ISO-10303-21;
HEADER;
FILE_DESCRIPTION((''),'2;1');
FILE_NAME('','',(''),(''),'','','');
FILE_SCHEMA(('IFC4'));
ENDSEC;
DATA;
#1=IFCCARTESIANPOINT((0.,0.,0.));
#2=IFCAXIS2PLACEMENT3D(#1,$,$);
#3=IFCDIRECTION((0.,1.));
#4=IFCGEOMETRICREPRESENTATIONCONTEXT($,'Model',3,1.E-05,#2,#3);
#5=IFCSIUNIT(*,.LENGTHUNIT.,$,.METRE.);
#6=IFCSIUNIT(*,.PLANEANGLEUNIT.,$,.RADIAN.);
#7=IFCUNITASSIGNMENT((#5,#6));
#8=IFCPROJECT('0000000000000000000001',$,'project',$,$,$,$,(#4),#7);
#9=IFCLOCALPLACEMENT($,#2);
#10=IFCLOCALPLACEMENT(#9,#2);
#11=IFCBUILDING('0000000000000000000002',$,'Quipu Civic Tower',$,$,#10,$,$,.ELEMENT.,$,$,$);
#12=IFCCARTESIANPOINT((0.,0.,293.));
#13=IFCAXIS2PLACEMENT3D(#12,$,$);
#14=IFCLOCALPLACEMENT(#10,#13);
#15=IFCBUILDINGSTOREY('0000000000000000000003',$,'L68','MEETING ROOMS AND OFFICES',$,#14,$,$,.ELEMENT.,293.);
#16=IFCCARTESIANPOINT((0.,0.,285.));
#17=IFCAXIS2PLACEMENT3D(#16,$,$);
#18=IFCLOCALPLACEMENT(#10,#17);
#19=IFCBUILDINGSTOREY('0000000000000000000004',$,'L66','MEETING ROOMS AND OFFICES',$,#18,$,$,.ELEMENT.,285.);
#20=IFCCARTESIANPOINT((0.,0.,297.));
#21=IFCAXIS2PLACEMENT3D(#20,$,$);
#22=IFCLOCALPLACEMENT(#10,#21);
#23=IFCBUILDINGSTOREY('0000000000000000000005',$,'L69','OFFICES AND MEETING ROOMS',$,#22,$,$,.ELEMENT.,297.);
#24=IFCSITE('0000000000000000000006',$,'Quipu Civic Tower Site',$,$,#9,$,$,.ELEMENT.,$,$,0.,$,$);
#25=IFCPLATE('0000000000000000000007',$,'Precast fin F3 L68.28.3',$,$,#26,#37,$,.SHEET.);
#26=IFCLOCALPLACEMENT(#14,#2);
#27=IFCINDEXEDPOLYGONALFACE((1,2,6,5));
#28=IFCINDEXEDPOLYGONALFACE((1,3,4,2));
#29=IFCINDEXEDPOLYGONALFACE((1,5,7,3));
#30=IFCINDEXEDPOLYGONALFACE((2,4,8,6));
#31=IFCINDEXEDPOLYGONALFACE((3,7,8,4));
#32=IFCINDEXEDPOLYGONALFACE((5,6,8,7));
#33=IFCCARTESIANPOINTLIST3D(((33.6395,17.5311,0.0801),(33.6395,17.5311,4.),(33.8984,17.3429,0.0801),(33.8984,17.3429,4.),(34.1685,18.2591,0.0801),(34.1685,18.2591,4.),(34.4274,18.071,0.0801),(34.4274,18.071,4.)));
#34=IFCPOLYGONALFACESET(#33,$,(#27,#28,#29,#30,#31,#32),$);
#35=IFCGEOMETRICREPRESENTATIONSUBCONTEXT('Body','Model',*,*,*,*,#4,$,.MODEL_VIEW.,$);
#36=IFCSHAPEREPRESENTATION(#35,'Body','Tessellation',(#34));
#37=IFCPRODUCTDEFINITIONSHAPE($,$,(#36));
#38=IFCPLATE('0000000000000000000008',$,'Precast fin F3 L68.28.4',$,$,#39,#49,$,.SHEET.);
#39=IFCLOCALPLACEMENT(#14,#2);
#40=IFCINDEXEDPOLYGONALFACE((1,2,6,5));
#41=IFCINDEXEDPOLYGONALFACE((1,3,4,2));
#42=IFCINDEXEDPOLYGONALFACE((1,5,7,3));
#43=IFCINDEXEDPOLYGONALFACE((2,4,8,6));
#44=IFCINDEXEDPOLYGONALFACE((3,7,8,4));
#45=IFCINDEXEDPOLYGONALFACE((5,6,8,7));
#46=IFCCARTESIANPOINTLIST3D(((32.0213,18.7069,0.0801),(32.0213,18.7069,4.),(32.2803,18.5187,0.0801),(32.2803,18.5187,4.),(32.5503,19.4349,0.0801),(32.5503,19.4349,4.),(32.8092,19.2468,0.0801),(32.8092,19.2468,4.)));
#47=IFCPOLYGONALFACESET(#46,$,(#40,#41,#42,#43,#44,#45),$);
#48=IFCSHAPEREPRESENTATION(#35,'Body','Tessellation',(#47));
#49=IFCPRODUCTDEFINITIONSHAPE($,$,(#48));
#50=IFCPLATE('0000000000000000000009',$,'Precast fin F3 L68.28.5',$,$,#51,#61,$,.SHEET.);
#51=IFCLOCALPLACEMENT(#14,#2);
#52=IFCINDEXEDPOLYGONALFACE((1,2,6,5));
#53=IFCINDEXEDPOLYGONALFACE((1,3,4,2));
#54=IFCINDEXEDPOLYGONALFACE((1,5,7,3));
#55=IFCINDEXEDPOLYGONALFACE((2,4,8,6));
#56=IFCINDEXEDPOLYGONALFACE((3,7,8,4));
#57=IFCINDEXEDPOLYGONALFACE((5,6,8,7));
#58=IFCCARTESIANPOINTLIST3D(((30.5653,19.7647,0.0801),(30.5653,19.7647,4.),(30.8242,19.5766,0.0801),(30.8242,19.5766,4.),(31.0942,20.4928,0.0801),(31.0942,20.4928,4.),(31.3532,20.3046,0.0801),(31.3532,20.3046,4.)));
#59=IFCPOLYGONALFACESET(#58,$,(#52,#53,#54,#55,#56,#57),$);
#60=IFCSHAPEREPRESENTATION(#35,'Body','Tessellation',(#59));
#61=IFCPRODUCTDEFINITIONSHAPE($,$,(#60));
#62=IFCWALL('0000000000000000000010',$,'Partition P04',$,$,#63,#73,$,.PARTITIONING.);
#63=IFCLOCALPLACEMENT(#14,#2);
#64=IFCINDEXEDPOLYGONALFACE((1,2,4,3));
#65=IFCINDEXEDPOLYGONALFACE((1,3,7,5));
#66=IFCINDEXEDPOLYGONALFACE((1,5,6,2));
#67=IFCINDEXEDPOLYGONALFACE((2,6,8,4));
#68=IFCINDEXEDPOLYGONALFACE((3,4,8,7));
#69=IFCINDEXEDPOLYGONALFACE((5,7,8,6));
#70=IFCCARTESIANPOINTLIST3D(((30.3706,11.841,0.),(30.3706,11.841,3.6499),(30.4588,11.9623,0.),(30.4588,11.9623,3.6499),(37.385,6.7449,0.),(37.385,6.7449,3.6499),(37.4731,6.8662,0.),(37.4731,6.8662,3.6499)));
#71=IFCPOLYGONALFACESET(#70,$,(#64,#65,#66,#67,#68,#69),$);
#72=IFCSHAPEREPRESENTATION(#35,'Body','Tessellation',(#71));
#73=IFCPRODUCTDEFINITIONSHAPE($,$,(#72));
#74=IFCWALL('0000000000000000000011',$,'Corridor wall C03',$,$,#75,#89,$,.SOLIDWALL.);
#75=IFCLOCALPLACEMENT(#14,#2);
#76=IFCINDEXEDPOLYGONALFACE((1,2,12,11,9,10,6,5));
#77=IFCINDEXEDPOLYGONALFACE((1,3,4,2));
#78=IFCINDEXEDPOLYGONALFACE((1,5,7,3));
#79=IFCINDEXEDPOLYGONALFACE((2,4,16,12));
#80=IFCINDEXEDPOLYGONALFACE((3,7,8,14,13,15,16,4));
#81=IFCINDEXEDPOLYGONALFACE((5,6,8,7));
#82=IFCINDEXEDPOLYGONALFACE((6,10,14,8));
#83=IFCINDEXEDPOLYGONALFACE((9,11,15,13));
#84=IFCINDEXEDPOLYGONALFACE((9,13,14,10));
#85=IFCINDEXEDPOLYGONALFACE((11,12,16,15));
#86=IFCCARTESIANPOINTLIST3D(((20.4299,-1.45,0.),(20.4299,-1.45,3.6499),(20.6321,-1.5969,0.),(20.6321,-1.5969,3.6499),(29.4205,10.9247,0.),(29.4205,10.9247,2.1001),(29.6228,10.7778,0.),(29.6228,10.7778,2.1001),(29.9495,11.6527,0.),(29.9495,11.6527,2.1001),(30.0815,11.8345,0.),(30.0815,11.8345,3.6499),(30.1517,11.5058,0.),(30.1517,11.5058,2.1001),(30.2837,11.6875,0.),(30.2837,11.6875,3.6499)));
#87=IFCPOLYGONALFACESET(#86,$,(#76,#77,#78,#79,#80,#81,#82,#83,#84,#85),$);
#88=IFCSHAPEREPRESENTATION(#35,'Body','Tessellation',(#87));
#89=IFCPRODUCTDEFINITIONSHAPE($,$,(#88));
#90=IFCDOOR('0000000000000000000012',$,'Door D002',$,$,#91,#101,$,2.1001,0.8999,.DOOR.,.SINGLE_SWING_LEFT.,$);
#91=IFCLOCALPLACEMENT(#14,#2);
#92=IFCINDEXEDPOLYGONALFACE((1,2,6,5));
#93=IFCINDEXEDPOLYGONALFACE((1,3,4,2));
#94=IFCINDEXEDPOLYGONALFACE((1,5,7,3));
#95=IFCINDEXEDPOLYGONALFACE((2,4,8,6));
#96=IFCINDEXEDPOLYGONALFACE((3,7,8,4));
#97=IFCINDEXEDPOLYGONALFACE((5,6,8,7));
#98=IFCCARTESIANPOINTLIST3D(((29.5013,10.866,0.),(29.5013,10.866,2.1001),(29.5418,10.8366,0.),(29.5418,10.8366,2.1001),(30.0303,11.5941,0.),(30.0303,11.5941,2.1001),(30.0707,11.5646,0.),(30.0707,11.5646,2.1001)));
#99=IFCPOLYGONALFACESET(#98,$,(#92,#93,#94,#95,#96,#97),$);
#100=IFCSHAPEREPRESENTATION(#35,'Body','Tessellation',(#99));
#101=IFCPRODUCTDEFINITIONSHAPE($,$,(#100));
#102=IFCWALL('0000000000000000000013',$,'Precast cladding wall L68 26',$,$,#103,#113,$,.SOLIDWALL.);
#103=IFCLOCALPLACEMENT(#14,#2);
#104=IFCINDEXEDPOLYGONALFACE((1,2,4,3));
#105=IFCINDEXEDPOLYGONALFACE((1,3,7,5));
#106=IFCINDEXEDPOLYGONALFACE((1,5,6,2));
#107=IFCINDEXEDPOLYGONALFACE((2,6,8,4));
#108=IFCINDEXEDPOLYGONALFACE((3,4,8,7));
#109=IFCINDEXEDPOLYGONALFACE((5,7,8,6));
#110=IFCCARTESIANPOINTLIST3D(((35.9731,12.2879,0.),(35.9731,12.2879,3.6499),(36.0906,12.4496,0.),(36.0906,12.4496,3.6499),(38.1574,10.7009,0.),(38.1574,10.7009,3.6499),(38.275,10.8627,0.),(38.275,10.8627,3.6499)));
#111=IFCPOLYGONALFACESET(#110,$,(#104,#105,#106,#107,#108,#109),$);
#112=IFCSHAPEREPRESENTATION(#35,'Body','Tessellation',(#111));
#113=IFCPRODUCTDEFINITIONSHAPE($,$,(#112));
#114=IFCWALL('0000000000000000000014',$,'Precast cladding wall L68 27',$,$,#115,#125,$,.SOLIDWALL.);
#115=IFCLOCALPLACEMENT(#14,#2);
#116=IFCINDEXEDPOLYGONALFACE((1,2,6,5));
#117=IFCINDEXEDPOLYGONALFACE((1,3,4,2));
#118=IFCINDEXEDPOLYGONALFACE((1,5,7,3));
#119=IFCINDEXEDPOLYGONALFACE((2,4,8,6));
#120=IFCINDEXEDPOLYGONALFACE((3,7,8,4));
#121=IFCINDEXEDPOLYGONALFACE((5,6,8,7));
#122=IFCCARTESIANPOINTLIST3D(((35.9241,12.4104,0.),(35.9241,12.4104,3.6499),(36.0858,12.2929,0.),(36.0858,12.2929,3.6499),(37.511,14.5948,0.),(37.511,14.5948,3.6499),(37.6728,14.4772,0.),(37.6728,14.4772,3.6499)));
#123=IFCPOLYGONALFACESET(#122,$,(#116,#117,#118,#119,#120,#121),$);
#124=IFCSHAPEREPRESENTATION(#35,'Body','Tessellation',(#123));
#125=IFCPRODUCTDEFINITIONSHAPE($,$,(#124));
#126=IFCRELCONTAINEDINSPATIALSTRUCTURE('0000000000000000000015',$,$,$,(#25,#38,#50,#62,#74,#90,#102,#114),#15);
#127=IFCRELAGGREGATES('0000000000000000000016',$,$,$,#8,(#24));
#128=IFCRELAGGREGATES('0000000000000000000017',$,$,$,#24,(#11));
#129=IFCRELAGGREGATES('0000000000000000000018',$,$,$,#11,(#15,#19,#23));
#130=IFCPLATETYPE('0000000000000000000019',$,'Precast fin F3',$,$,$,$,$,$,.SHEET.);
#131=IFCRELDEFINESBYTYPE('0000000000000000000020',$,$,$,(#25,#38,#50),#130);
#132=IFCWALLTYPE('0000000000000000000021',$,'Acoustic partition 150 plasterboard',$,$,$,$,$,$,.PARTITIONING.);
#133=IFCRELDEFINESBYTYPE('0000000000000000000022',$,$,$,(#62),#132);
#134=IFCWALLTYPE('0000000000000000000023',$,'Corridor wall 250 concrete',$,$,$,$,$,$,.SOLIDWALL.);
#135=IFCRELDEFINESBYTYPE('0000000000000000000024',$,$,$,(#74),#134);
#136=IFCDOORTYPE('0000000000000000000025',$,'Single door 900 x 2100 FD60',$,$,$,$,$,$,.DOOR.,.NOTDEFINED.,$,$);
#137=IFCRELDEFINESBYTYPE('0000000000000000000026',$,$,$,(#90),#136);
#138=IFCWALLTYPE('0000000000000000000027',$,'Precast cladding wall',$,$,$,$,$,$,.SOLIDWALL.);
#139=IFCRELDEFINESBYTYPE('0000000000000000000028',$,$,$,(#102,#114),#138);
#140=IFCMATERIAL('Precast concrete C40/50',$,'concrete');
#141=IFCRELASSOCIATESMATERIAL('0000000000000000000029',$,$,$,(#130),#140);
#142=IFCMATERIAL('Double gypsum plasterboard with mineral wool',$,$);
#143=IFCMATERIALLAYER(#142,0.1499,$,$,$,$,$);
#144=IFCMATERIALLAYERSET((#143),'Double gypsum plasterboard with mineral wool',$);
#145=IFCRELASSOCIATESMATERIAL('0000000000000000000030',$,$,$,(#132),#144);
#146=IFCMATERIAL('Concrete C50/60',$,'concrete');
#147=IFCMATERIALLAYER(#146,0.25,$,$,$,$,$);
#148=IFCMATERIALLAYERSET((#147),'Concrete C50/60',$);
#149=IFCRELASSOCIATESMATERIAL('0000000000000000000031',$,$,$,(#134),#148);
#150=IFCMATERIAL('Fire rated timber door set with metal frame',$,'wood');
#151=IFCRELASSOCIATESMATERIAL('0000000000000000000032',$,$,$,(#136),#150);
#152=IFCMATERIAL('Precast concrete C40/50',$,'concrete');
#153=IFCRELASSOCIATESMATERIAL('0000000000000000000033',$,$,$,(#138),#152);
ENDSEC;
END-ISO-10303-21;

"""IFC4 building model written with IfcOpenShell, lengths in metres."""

from ifc_helpers import new_model, si_unit, direction, frame, frame_2d, origin, origin_2d, place, context, subcontext, project, spatial, rectangle, extrude, material, layer, layer_set, type_object, element, fill, save


model = new_model("IFC4")

# Units and contexts
model_context = context("Model", 3, precision=1e-05, world=origin(), true_north=direction((0.0, 1.0)))
body_context = subcontext(model_context, "Body", "Model", "MODEL_VIEW")
ifc_project = project(units=[si_unit("LENGTHUNIT", "METRE"), si_unit("PLANEANGLEUNIT", "RADIAN")], contexts=[model_context])

# Site, building, storey
site_placement = place(None, origin())
site = spatial("IfcSite", under=ifc_project, at=site_placement, Name="Quipu Civic Tower Site", CompositionType="ELEMENT", RefElevation=0.0)
building_placement = place(site_placement, origin())
building = spatial("IfcBuilding", under=site, at=building_placement, Name="Quipu Civic Tower", CompositionType="ELEMENT")
storey_1_placement = place(building_placement, frame((0.0, 0.0, 293.0)))
storey_1 = spatial("IfcBuildingStorey", under=building, at=storey_1_placement, Name="L68", Description="MEETING ROOMS AND OFFICES", CompositionType="ELEMENT", Elevation=293.0)

# Shared definitions
storey_2_placement = place(building_placement, frame((0.0, 0.0, 285.0)))
storey_2 = spatial("IfcBuildingStorey", under=building, at=storey_2_placement, Name="L66", Description="MEETING ROOMS AND OFFICES", CompositionType="ELEMENT", Elevation=285.0)

# Shared definitions
storey_3_placement = place(building_placement, frame((0.0, 0.0, 297.0)))
storey_3 = spatial("IfcBuildingStorey", under=building, at=storey_3_placement, Name="L69", Description="OFFICES AND MEETING ROOMS", CompositionType="ELEMENT", Elevation=297.0)

# Plates
ifc_material_1 = material(Name="Precast concrete C40/50", Category="concrete")
plate_type_1 = type_object("IfcPlateType", Name="Precast fin F3", PredefinedType="SHEET", material=ifc_material_1)
for number, where, z_axis, x_axis, name in (
    (1, (34.0334, 17.801, 0.0801), (0.0, 0.0, 1.0), (-0.809017, 0.587785, 0.0), "Precast fin F3 L68.28.3"),
    (2, (32.4153, 18.9768, 0.0801), (0.0, 0.0, 1.0), (-0.809017, 0.587785, 0.0), "Precast fin F3 L68.28.4"),
    (3, (30.9592, 20.0347, 0.0801), (0.0, 0.0, 1.0), (-0.809017, 0.587785, 0.0), "Precast fin F3 L68.28.5"),
):
    element("IfcPlate", number, at=place(storey_1_placement, frame(where, z_axis=z_axis, x_axis=x_axis)), inside=storey_1, type_object=plate_type_1, Name=name, PredefinedType="SHEET", context=body_context, shape_type="SweptSolid", body=[
        extrude(rectangle(XDim=0.3201, YDim=0.8999, at=origin_2d()), origin(), (0.0, 0.0, 1.0), 3.9199),
    ])

# Wall
ifc_material_2 = material(Name="Double gypsum plasterboard with mineral wool")
ifc_layer_1 = layer(ifc_material_2, 0.1499)
ifc_layer_set_1 = layer_set([ifc_layer_1], Name="Double gypsum plasterboard with mineral wool")
wall_type_1 = type_object("IfcWallType", Name="Acoustic partition 150 plasterboard", PredefinedType="PARTITIONING", material=ifc_layer_set_1)
wall_1_placement = place(storey_1_placement, frame((30.4148, 11.9016, 0.0), z_axis=(0.0, 0.0, 1.0), x_axis=(0.809021, -0.58778, 0.0)))
element("IfcWall", 4, at=wall_1_placement, inside=storey_1, type_object=wall_type_1, Name="Partition P04", PredefinedType="PARTITIONING", context=body_context, shape_type="SweptSolid", body=[
    extrude(rectangle(XDim=8.6702, YDim=0.1499, at=frame_2d((4.335, 0.0))), origin(), (0.0, 0.0, 1.0), 3.6499),
])

# Wall, opening, door
ifc_material_3 = material(Name="Concrete C50/60", Category="concrete")
ifc_layer_2 = layer(ifc_material_3, 0.25)
ifc_layer_set_2 = layer_set([ifc_layer_2], Name="Concrete C50/60")
wall_type_2 = type_object("IfcWallType", Name="Corridor wall 250 concrete", PredefinedType="SOLIDWALL", material=ifc_layer_set_2)
wall_2_placement = place(storey_1_placement, frame((30.1826, 11.761, 0.0), z_axis=(0.0, 0.0, 1.0), x_axis=(-0.587782, -0.80902, 0.0)))
wall_2 = element("IfcWall", 5, at=wall_2_placement, inside=storey_1, type_object=wall_type_2, Name="Corridor wall C03", PredefinedType="SOLIDWALL", context=body_context, shape_type="SweptSolid", body=[
    extrude(rectangle(XDim=16.4204, YDim=0.25, at=frame_2d((8.2102, 0.0))), origin(), (0.0, 0.0, 1.0), 3.6499),
])
opening_placement = place(wall_2_placement, frame((0.2246, 0.0, 0.0)))
opening = element("IfcOpeningElement", 6, at=opening_placement, cuts=wall_2, PredefinedType="OPENING", context=body_context, shape_type="SweptSolid", body=[
    extrude(rectangle(XDim=0.8999, YDim=2.1001, at=frame_2d((0.45, 1.05))), frame((0.0, 0.135, 0.0), z_axis=(0.0, -1.0, 0.0), x_axis=(1.0, 0.0, 0.0)), (0.0, 0.0, 1.0), 0.27),
])
ifc_material_4 = material(Name="Fire rated timber door set with metal frame", Category="wood")
door_type = type_object("IfcDoorType", Name="Single door 900 x 2100 FD60", OperationType="NOTDEFINED", PredefinedType="DOOR", material=ifc_material_4)
door_placement = place(opening_placement, origin())
door = element("IfcDoor", 7, at=door_placement, inside=storey_1, type_object=door_type, Name="Door D002", OperationType="SINGLE_SWING_LEFT", OverallHeight=2.1001, OverallWidth=0.8999, PredefinedType="DOOR", context=body_context, shape_type="SweptSolid", body=[
    extrude(rectangle(XDim=0.8999, YDim=2.1001, at=frame_2d((0.45, 1.05))), frame((0.0, 0.0249, 0.0), z_axis=(0.0, -1.0, 0.0), x_axis=(1.0, 0.0, 0.0)), (0.0, 0.0, 1.0), 0.05),
])
fill(opening, door)

# Walls
ifc_material_5 = material(Name="Precast concrete C40/50", Category="concrete")
wall_type_3 = type_object("IfcWallType", Name="Precast cladding wall", PredefinedType="SOLIDWALL", material=ifc_material_5)
for number, where, z_axis, x_axis, name in (
    (8, (38.2163, 10.7817, 0.0), (0.0, 0.0, 1.0), (-0.809033, 0.587763, 0.0), "Precast cladding wall L68 26"),
    (9, (36.0049, 12.3516, 0.0), (0.0, 0.0, 1.0), (0.587763, 0.809033, 0.0), "Precast cladding wall L68 27"),
):
    element("IfcWall", number, at=place(storey_1_placement, frame(where, z_axis=z_axis, x_axis=x_axis)), inside=storey_1, type_object=wall_type_3, Name=name, PredefinedType="SOLIDWALL", context=body_context, shape_type="SweptSolid", body=[
        extrude(rectangle(XDim=2.7, YDim=0.2, at=frame_2d((1.3501, 0.0))), origin(), (0.0, 0.0, 1.0), 3.6499),
    ])

save(model, "model.ifc")
